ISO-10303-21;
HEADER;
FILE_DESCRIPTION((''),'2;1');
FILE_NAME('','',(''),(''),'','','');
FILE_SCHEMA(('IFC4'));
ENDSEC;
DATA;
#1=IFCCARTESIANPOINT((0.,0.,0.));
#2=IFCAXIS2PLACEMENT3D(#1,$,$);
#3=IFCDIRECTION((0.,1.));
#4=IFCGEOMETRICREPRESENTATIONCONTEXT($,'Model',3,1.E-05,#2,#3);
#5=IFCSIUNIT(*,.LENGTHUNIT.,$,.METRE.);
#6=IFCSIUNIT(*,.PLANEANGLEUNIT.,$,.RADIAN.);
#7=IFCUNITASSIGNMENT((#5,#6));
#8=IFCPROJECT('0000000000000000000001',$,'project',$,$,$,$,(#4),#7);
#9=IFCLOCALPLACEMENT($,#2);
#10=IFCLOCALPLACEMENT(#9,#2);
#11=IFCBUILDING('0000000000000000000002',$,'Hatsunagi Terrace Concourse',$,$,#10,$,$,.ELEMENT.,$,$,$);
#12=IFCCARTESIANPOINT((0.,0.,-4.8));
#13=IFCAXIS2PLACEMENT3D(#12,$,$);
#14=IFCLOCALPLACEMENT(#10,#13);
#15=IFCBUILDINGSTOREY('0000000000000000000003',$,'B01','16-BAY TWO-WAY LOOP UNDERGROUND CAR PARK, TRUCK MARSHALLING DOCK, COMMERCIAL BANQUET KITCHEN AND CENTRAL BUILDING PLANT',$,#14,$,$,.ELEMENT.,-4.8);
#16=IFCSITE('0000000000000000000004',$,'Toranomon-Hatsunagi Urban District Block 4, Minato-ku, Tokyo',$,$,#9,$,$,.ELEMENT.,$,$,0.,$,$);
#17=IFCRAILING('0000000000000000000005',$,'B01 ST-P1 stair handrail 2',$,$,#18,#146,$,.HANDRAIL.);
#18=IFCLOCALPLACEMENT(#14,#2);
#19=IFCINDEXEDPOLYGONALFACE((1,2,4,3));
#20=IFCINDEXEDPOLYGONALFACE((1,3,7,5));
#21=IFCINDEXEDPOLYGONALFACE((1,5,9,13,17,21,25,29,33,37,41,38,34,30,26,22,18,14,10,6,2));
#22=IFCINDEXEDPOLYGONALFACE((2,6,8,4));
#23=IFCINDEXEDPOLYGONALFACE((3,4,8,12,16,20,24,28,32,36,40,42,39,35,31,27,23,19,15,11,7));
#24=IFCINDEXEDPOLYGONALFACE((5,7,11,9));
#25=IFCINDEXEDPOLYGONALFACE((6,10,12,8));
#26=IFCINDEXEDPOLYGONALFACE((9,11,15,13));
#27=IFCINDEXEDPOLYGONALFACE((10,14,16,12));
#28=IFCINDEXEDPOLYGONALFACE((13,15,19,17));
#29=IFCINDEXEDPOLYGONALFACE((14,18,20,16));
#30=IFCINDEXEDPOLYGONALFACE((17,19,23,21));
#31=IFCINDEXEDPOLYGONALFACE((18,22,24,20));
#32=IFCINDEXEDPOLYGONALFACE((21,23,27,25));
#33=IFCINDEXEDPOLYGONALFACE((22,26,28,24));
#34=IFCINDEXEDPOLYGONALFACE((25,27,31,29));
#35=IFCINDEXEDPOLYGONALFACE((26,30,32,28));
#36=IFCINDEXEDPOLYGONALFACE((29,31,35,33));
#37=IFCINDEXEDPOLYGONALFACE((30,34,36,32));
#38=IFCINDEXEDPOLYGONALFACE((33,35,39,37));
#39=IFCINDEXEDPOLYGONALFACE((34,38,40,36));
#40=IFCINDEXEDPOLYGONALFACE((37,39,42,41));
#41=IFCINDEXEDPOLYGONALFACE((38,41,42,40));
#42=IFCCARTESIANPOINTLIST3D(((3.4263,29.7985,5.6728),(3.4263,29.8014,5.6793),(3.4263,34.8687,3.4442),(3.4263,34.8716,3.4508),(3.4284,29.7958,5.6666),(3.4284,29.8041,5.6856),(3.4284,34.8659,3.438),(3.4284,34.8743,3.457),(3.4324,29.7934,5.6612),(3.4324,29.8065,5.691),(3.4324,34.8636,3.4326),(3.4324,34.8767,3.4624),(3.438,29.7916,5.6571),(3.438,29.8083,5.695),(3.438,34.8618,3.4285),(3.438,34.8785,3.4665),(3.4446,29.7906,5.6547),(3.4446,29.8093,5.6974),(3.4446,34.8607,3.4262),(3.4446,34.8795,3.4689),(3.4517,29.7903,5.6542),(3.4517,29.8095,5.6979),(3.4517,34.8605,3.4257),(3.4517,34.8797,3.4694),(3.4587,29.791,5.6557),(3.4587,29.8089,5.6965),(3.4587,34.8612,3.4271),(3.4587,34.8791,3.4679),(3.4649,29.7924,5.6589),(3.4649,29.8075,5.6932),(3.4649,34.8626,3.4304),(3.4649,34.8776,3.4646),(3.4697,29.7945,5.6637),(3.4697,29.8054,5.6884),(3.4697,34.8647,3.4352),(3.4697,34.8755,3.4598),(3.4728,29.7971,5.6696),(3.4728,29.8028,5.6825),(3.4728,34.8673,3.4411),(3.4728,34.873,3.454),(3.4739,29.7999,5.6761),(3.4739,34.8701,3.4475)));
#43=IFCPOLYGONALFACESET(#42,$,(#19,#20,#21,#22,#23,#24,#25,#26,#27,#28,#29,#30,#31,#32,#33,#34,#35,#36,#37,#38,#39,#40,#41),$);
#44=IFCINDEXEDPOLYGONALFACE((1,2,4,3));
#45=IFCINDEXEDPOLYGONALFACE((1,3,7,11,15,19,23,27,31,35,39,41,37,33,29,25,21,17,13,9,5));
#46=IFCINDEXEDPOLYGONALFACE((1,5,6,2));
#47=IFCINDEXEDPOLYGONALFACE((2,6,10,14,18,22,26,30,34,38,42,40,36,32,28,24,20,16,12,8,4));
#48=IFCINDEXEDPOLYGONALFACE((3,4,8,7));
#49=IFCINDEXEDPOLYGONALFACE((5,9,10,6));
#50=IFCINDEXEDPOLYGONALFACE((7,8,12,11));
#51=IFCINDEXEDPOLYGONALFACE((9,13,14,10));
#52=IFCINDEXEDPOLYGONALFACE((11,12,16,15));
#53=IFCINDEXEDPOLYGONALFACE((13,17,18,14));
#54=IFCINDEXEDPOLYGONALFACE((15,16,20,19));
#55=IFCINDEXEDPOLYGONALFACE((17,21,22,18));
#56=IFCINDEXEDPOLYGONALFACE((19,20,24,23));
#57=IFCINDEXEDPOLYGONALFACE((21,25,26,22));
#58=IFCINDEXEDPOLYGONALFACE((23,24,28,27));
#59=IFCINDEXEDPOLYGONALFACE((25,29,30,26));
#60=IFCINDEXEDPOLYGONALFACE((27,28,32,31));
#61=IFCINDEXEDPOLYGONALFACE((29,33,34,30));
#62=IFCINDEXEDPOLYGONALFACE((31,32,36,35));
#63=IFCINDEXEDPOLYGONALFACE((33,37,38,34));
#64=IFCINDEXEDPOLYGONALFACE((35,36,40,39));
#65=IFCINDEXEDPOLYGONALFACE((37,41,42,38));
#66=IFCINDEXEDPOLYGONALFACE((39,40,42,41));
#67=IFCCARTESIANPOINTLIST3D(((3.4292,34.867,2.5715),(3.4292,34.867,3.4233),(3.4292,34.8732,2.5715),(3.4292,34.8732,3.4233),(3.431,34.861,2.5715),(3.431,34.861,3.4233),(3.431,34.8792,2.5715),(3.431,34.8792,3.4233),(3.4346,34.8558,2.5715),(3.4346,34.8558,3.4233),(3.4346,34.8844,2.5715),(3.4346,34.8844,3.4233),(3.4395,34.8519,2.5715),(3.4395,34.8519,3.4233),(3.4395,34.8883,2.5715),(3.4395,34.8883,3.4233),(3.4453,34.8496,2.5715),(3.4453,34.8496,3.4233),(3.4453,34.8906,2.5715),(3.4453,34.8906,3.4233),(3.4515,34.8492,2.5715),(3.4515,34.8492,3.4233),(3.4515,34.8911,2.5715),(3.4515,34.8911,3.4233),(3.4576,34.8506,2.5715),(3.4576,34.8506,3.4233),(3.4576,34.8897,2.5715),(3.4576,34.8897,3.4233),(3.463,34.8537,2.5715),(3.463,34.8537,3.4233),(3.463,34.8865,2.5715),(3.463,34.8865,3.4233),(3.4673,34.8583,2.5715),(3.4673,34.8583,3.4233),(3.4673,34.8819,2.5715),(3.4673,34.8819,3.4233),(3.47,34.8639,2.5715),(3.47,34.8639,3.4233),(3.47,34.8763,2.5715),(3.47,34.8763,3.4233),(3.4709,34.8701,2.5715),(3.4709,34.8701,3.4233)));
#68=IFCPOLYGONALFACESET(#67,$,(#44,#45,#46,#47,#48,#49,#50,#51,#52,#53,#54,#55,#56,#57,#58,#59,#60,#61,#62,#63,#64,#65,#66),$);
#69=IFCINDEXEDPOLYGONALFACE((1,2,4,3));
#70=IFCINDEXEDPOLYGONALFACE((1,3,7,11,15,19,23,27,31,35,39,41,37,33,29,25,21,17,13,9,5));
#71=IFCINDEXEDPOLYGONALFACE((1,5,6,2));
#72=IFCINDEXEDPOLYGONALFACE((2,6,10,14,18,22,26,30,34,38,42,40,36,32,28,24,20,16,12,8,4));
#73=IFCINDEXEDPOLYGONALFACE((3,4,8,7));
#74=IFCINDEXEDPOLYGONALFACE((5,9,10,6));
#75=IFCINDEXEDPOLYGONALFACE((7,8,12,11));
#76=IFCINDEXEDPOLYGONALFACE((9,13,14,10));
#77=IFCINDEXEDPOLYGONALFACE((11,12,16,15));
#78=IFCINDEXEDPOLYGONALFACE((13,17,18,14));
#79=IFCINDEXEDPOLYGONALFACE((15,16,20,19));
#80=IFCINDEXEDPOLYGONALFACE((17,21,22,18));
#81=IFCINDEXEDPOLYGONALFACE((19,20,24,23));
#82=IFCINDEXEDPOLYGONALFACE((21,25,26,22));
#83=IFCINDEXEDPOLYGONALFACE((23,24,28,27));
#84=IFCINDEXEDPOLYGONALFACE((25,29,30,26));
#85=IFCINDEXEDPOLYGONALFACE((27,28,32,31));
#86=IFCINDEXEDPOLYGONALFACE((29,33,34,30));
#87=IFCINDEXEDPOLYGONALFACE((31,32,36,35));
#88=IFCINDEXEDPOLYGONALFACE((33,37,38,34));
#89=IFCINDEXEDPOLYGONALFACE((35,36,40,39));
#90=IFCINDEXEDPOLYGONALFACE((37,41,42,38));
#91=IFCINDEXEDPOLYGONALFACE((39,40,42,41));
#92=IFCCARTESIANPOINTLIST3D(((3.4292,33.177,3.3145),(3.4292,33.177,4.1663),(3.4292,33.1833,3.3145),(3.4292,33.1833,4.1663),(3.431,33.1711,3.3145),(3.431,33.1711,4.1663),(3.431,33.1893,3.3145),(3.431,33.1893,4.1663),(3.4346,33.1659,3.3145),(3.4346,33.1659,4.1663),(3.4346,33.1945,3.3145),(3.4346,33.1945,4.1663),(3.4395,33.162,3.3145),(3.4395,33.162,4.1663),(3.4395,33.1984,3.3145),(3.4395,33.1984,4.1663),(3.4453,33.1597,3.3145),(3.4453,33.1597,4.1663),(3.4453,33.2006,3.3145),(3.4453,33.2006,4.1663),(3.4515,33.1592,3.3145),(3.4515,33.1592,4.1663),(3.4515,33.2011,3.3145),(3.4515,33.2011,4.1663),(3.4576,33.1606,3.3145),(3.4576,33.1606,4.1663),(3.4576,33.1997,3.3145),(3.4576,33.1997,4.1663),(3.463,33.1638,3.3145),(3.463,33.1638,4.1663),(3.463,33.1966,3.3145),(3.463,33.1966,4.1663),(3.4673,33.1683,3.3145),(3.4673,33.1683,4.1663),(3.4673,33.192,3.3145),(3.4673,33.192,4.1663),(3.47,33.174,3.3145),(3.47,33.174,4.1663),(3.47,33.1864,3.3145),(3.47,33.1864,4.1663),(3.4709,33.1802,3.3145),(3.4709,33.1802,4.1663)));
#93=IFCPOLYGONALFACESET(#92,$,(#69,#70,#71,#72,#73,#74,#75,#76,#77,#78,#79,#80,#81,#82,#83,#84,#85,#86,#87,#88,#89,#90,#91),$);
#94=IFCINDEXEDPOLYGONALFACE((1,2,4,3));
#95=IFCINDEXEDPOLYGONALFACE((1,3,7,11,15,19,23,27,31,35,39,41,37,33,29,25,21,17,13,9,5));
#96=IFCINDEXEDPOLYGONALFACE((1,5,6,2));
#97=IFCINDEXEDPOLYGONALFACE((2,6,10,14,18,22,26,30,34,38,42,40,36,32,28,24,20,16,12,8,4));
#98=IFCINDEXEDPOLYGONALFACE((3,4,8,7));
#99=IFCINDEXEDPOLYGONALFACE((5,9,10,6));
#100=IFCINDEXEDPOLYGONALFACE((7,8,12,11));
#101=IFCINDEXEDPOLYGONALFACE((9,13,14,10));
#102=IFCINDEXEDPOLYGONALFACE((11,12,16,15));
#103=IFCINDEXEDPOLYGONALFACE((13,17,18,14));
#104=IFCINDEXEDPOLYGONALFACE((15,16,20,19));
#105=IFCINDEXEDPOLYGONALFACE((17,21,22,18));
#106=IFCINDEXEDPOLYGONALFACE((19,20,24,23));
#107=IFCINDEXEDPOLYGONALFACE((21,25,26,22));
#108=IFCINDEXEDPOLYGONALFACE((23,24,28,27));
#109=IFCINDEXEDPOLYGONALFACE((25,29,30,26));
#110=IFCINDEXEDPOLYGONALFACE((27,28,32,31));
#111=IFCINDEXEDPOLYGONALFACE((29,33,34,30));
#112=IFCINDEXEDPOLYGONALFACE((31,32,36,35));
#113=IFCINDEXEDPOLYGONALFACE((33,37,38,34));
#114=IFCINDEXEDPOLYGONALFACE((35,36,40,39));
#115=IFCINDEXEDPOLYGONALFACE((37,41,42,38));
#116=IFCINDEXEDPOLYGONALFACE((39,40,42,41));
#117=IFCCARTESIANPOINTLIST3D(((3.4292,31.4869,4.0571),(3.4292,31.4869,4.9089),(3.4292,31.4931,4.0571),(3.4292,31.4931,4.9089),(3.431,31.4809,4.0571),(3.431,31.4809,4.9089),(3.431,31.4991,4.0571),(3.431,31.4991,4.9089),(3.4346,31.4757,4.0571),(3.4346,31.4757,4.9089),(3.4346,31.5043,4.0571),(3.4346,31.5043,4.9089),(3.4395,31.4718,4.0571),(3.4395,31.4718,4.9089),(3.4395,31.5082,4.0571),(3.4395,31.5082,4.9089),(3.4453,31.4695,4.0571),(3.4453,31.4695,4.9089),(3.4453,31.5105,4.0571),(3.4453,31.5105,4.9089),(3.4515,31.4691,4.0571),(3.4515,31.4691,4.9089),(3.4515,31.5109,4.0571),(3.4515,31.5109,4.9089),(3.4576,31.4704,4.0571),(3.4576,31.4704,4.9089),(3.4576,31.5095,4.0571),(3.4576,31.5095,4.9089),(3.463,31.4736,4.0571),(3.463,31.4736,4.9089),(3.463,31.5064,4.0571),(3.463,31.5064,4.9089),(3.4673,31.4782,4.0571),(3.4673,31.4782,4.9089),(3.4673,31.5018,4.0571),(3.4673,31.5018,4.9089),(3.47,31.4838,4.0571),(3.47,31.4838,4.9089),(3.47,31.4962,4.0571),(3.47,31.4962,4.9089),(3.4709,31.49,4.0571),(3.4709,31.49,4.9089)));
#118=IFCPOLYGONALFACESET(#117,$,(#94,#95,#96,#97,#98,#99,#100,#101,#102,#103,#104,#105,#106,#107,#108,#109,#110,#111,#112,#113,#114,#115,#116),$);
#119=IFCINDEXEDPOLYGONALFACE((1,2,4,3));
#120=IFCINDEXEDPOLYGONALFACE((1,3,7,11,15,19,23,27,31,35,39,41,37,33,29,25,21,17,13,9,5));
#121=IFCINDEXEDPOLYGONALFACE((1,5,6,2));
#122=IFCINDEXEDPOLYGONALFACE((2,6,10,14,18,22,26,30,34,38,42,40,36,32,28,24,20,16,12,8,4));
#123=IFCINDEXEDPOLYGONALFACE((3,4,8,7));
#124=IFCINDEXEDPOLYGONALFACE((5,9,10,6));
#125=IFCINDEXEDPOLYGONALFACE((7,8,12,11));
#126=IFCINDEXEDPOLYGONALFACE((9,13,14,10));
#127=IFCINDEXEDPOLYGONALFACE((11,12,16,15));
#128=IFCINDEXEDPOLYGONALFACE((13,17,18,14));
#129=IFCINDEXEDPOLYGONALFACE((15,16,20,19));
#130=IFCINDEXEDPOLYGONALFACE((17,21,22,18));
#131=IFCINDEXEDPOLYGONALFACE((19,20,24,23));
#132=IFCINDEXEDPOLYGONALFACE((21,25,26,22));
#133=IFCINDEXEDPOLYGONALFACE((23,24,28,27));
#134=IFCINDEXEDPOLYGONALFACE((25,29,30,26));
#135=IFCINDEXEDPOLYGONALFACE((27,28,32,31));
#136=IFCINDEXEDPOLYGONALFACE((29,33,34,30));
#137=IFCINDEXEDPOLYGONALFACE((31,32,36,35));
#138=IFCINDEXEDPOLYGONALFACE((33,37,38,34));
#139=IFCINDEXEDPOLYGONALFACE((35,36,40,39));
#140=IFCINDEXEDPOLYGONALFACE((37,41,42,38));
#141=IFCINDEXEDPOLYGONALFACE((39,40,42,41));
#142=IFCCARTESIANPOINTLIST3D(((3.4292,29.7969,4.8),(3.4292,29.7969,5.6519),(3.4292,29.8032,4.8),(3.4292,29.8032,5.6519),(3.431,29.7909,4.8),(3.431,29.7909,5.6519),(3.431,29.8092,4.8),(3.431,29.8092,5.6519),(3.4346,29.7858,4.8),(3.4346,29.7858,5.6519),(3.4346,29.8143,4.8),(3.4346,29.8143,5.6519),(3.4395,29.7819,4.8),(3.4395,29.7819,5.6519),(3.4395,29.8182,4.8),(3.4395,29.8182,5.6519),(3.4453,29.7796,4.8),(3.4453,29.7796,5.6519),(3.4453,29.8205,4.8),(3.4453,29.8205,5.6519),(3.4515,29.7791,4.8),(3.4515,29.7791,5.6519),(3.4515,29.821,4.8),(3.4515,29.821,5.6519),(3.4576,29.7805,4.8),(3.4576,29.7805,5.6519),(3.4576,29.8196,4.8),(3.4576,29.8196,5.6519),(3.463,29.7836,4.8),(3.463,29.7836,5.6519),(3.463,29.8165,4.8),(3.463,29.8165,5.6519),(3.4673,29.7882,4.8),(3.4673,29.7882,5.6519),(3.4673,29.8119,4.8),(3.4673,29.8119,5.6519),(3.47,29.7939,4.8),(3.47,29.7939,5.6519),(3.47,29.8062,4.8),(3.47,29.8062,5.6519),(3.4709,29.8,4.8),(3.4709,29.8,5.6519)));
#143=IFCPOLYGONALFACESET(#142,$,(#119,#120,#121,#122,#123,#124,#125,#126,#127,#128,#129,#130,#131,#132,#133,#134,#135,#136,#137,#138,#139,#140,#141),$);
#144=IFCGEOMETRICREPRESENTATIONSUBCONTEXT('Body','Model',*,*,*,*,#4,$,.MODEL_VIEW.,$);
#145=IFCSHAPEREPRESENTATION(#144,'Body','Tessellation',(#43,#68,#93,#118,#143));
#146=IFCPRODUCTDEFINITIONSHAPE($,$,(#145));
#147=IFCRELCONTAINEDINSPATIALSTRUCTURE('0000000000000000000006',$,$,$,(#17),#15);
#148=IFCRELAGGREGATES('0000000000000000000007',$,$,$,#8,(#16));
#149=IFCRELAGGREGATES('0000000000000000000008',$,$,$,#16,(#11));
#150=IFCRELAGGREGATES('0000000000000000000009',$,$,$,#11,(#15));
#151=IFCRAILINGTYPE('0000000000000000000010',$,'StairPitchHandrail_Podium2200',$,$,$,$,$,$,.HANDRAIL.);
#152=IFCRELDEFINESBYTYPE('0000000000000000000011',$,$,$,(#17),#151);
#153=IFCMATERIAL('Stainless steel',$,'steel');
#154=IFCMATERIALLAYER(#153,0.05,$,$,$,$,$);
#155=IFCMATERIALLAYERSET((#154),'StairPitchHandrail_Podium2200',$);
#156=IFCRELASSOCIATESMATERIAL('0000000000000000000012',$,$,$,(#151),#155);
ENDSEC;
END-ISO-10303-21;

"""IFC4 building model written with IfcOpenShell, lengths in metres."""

from ifc_helpers import new_model, si_unit, direction, frame, origin, origin_2d, place, context, subcontext, project, spatial, circle, extrude, material, layer, layer_set, type_object, element, save


model = new_model("IFC4")

# Units and contexts
model_context = context("Model", 3, precision=1e-05, world=origin(), true_north=direction((0.0, 1.0)))
body_context = subcontext(model_context, "Body", "Model", "MODEL_VIEW")
ifc_project = project(units=[si_unit("LENGTHUNIT", "METRE"), si_unit("PLANEANGLEUNIT", "RADIAN")], contexts=[model_context])

# Site, building, storey
site_placement = place(None, origin())
site = spatial("IfcSite", under=ifc_project, at=site_placement, Name="Toranomon-Hatsunagi Urban District Block 4, Minato-ku, Tokyo", CompositionType="ELEMENT", RefElevation=0.0)
building_placement = place(site_placement, origin())
building = spatial("IfcBuilding", under=site, at=building_placement, Name="Hatsunagi Terrace Concourse", CompositionType="ELEMENT")
storey_placement = place(building_placement, frame((0.0, 0.0, -4.8)))
storey = spatial("IfcBuildingStorey", under=building, at=storey_placement, Name="B01", Description="16-BAY TWO-WAY LOOP UNDERGROUND CAR PARK, TRUCK MARSHALLING DOCK, COMMERCIAL BANQUET KITCHEN AND CENTRAL BUILDING PLANT", CompositionType="ELEMENT", Elevation=-4.8)

# Railing
ifc_material_1 = material(Name="Stainless steel", Category="steel")
ifc_layer_1 = layer(ifc_material_1, 0.05)
ifc_layer_set_1 = layer_set([ifc_layer_1], Name="StairPitchHandrail_Podium2200")
railing_type_1 = type_object("IfcRailingType", Name="StairPitchHandrail_Podium2200", PredefinedType="HANDRAIL", material=ifc_layer_set_1)
railing_1_placement = place(storey_placement, frame((3.45, 34.8701, 2.5715)))
element("IfcRailing", 1, at=railing_1_placement, inside=storey, type_object=railing_type_1, Name="B01 ST-P1 stair handrail 2", PredefinedType="HANDRAIL", context=body_context, shape_type="SweptSolid", body=[
    extrude(circle(Radius=0.0239, at=origin_2d()), frame((0.0, 0.0, 0.876), z_axis=(0.0, -0.915469, 0.402388), x_axis=(1.0, 0.0, 0.0)), (0.0, 0.0, 1.0), 5.5383),
    extrude(circle(Radius=0.021, at=origin_2d()), origin(), (0.0, 0.0, 1.0), 0.8518),
    extrude(circle(Radius=0.021, at=origin_2d()), frame((0.0, -1.6899, 0.7429)), (0.0, 0.0, 1.0), 0.8518),
    extrude(circle(Radius=0.021, at=origin_2d()), frame((0.0, -3.3801, 1.4856)), (0.0, 0.0, 1.0), 0.8518),
    extrude(circle(Radius=0.021, at=origin_2d()), frame((0.0, -5.0701, 2.2285)), (0.0, 0.0, 1.0), 0.8518),
])

save(model, "model.ifc")
